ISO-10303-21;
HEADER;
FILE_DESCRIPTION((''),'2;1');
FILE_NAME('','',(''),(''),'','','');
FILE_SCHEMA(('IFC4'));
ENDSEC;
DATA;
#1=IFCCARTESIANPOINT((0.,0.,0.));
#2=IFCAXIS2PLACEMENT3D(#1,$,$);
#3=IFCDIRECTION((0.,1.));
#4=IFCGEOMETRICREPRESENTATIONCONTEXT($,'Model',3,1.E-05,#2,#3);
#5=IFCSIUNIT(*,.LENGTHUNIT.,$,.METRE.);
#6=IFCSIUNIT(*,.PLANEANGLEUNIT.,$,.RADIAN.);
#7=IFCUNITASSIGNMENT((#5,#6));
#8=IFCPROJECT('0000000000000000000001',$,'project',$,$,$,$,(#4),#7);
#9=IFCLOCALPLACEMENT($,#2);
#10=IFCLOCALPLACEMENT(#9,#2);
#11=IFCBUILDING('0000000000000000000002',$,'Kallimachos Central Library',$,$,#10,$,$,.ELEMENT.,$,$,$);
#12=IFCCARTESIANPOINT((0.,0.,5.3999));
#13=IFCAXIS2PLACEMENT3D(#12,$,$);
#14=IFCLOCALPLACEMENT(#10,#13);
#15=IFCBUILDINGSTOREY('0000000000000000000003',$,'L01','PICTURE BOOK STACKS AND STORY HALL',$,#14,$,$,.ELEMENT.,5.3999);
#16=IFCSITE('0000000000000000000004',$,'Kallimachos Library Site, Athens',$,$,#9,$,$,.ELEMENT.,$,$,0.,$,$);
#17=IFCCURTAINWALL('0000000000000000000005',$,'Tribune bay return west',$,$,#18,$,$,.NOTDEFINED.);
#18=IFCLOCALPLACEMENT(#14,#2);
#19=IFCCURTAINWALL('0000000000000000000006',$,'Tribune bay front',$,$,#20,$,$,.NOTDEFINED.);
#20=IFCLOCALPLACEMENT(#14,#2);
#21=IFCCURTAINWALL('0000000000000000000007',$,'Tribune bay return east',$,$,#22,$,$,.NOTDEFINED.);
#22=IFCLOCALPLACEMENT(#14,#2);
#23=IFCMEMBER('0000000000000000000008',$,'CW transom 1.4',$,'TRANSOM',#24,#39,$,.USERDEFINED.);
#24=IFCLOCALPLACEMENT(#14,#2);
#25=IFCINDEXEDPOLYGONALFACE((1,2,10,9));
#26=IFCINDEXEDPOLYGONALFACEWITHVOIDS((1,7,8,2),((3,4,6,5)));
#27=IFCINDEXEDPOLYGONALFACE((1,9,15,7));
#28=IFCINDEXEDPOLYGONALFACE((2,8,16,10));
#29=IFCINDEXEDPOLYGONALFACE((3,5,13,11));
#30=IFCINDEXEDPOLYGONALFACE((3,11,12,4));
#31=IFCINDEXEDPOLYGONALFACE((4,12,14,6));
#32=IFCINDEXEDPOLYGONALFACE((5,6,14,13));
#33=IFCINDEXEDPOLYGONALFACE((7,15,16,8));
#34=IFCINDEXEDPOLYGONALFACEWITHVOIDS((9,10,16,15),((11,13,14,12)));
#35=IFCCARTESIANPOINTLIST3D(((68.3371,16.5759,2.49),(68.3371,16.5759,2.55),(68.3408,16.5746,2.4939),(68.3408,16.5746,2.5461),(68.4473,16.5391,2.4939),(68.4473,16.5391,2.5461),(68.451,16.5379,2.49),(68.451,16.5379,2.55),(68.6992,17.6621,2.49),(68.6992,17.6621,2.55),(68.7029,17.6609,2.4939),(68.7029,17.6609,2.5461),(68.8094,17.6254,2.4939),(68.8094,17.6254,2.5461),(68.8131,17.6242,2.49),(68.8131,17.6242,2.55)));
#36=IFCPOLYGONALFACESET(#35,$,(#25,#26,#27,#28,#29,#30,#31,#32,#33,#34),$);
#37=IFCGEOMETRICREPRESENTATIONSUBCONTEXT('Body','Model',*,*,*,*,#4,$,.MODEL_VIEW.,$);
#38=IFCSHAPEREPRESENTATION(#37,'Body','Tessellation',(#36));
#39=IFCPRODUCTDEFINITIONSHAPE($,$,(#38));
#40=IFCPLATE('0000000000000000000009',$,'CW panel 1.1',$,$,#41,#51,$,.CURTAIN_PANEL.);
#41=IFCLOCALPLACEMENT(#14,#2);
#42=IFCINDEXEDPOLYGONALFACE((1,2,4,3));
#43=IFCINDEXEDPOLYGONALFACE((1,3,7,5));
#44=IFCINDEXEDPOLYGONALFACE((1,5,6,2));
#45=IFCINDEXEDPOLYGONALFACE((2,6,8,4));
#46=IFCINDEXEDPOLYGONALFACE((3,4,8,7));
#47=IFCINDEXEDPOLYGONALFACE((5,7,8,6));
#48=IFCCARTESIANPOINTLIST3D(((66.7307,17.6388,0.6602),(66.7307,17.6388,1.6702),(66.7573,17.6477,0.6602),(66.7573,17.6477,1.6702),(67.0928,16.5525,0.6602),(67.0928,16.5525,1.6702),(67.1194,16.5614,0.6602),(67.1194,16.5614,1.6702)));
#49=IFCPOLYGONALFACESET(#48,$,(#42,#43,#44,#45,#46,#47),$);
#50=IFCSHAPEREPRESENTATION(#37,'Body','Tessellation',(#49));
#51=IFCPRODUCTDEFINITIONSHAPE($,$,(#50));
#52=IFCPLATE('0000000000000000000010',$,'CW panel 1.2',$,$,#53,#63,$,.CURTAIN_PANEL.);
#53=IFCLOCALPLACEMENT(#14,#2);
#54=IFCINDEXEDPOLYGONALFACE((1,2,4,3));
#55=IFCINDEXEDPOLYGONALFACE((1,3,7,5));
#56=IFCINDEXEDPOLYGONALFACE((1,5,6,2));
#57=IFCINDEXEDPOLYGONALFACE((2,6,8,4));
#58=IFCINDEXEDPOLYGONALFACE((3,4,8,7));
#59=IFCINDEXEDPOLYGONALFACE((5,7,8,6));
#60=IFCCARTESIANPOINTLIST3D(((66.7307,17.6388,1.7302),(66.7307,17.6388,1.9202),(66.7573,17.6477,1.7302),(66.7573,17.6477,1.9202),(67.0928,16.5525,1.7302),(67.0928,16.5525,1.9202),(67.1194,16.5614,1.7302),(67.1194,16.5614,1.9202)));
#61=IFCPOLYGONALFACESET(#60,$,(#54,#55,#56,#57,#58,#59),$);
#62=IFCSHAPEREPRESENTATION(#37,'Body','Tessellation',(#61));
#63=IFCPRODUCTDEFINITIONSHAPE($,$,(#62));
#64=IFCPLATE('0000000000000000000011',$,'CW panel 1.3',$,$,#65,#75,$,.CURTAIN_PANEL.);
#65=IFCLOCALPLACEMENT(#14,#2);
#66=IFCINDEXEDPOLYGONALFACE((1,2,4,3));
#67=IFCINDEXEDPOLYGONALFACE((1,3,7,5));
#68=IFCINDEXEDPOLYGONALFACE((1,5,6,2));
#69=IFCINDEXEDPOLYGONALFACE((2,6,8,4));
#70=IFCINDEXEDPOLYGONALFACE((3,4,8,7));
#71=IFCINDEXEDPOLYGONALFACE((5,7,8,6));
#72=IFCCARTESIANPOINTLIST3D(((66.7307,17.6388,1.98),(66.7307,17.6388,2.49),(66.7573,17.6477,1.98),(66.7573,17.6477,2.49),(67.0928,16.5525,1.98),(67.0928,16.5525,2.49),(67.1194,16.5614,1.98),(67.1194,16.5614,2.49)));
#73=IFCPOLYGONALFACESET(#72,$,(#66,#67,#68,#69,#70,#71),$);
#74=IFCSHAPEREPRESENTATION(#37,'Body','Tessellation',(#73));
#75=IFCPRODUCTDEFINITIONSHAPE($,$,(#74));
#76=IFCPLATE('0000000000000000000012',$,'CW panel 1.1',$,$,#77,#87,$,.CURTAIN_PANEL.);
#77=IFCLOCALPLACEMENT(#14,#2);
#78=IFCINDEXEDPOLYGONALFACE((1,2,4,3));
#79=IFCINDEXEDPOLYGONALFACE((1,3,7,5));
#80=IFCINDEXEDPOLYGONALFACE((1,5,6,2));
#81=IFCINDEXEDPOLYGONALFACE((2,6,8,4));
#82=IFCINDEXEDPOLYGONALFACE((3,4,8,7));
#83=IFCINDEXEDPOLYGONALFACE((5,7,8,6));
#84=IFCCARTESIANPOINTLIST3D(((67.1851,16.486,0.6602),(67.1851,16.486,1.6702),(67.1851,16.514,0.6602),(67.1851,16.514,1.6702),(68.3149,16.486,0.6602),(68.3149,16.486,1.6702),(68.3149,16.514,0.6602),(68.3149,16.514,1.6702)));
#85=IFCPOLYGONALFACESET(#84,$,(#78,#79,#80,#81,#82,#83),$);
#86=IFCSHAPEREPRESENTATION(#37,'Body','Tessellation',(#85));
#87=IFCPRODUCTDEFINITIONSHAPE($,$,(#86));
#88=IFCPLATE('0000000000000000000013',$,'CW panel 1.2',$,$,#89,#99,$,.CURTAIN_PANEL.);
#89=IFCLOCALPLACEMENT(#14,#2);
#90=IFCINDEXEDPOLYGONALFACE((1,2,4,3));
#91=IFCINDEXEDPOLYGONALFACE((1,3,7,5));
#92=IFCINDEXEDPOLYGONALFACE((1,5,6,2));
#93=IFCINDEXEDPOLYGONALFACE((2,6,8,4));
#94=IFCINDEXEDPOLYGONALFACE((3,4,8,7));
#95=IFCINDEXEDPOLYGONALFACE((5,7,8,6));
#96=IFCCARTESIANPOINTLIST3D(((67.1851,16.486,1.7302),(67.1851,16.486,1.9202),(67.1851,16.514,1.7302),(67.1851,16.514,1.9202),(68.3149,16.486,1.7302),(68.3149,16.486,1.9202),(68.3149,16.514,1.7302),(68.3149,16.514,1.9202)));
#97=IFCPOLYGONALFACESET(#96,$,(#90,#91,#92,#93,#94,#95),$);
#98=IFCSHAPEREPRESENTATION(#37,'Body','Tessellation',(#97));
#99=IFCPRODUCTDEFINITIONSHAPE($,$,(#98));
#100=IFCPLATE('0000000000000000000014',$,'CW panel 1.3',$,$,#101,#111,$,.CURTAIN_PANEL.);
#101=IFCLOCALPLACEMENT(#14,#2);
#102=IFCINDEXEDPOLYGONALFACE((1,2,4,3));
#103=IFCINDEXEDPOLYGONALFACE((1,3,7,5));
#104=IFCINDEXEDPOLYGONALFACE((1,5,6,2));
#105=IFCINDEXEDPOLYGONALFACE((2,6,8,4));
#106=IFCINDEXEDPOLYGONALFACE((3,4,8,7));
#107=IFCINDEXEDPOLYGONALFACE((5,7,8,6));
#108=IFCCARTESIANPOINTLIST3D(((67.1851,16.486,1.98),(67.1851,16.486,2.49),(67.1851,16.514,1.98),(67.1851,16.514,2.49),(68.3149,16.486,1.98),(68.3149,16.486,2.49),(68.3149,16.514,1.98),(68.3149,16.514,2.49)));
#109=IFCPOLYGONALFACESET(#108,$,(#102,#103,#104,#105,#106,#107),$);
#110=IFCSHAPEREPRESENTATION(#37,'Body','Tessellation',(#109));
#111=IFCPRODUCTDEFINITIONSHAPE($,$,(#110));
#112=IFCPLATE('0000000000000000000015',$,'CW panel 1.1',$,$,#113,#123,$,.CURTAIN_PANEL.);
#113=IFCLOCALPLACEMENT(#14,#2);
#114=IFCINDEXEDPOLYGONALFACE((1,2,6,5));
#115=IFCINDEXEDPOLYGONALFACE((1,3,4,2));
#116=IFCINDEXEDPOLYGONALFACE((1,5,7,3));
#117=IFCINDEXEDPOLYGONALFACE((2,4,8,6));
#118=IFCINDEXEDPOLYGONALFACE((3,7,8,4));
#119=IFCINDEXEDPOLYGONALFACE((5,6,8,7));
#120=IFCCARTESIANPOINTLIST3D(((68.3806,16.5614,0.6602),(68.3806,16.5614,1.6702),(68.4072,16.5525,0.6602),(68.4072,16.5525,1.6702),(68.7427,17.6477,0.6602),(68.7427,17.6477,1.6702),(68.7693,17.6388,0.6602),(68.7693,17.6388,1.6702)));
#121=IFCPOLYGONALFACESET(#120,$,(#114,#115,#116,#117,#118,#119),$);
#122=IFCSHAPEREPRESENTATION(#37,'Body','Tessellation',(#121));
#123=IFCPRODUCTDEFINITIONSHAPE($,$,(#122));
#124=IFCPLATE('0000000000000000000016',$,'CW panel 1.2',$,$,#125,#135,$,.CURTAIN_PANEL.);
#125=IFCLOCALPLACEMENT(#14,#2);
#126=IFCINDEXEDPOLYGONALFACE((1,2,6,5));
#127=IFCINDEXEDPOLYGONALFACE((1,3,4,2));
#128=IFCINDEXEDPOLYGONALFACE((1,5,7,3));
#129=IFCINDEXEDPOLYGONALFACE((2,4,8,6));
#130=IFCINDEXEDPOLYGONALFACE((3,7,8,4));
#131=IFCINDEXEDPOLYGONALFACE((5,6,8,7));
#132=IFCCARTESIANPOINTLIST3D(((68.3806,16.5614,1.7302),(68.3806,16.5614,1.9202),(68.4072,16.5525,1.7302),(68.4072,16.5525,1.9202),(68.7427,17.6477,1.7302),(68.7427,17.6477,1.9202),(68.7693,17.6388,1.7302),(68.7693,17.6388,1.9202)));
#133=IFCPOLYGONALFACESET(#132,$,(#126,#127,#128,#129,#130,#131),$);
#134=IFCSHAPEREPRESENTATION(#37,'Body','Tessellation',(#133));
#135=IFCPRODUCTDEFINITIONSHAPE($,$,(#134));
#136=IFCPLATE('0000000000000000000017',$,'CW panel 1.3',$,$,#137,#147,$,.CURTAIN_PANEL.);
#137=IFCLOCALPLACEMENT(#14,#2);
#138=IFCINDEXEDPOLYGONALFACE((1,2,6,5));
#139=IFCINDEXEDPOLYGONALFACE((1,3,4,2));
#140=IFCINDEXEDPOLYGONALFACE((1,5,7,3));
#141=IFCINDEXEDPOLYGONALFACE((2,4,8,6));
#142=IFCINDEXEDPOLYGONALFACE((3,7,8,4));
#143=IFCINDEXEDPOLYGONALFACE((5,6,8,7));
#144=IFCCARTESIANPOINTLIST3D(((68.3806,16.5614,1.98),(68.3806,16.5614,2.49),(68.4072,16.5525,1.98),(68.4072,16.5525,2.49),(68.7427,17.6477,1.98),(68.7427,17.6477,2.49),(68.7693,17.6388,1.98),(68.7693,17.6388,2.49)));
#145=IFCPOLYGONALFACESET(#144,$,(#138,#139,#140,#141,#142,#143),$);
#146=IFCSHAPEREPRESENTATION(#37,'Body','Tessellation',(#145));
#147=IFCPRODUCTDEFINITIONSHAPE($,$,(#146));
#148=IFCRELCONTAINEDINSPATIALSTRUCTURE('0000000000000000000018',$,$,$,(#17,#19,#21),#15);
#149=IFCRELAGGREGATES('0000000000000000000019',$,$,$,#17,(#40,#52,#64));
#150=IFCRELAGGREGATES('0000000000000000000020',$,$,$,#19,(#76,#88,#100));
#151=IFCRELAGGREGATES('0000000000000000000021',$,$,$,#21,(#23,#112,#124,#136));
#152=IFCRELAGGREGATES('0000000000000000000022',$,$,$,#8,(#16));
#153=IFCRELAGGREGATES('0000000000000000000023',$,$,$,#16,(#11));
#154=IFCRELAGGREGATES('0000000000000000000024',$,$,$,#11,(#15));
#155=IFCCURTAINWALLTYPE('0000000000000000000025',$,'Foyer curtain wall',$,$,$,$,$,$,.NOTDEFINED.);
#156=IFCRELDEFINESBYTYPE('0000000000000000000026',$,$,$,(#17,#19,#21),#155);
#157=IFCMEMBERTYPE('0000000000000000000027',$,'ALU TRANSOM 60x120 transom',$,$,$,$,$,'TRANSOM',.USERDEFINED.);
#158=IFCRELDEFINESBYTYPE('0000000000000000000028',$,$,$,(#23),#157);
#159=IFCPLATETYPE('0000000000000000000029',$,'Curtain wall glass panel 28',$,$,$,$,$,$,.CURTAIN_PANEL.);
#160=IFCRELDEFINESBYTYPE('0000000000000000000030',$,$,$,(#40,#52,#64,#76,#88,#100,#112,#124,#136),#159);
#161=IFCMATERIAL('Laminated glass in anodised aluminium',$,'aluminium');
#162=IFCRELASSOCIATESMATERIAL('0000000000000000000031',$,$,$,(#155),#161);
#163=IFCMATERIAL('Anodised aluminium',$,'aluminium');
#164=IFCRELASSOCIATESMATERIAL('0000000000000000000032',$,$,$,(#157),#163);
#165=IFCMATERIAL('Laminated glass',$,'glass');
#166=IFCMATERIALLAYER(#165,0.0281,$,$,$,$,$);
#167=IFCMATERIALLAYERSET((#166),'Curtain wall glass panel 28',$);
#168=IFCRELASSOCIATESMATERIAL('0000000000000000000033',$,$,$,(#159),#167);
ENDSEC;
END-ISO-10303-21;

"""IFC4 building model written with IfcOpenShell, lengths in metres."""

from ifc_helpers import new_model, si_unit, direction, frame, origin, origin_2d, place, context, subcontext, project, spatial, rectangle, hollow_rectangle, extrude, material, layer, layer_set, material_profile, profile_set, type_object, element, aggregate, save


model = new_model("IFC4")

# Units and contexts
model_context = context("Model", 3, precision=1e-05, world=origin(), true_north=direction((0.0, 1.0)))
body_context = subcontext(model_context, "Body", "Model", "MODEL_VIEW")
ifc_project = project(units=[si_unit("LENGTHUNIT", "METRE"), si_unit("PLANEANGLEUNIT", "RADIAN")], contexts=[model_context])

# Site, building, storey
site_placement = place(None, origin())
site = spatial("IfcSite", under=ifc_project, at=site_placement, Name="Kallimachos Library Site, Athens", CompositionType="ELEMENT", RefElevation=0.0)
building_placement = place(site_placement, origin())
building = spatial("IfcBuilding", under=site, at=building_placement, Name="Kallimachos Central Library", CompositionType="ELEMENT")
storey_placement = place(building_placement, frame((0.0, 0.0, 5.3999)))
storey = spatial("IfcBuildingStorey", under=building, at=storey_placement, Name="L01", Description="PICTURE BOOK STACKS AND STORY HALL", CompositionType="ELEMENT", Elevation=5.3999)

# Curtain wall
ifc_material_1 = material(Name="Laminated glass in anodised aluminium", Category="aluminium")
curtain_wall_type = type_object("IfcCurtainWallType", Name="Foyer curtain wall", PredefinedType="NOTDEFINED", material=ifc_material_1)
curtain_wall_1_placement = place(storey_placement, origin())
curtain_wall_1 = element("IfcCurtainWall", 1, at=curtain_wall_1_placement, inside=storey, type_object=curtain_wall_type, Name="Tribune bay return west", PredefinedType="NOTDEFINED")

# Curtain wall
curtain_wall_2_placement = place(storey_placement, origin())
curtain_wall_2 = element("IfcCurtainWall", 2, at=curtain_wall_2_placement, inside=storey, type_object=curtain_wall_type, Name="Tribune bay front", PredefinedType="NOTDEFINED")

# Curtain wall
curtain_wall_3_placement = place(storey_placement, origin())
curtain_wall_3 = element("IfcCurtainWall", 3, at=curtain_wall_3_placement, inside=storey, type_object=curtain_wall_type, Name="Tribune bay return east", PredefinedType="NOTDEFINED")

# Member
ifc_material_2 = material(Name="Anodised aluminium", Category="aluminium")
ifc_material_profile_1 = material_profile(ifc_material_2, hollow_rectangle(XDim=0.0601, YDim=0.1201, WallThickness=0.0039, at=origin_2d()), Name="ALU TRANSOM 60x120")
ifc_profile_set_1 = profile_set([ifc_material_profile_1], Name="Anodised aluminium")
member_type_1 = type_object("IfcMemberType", Name="ALU TRANSOM 60x120 transom", ElementType="TRANSOM", PredefinedType="USERDEFINED", material=ifc_profile_set_1)
member_1_placement = place(storey_placement, frame((68.394, 16.5569, 2.52), z_axis=(0.316228, 0.948683, 0.0), x_axis=(0.0, 0.0, 1.0)))
member_1 = element("IfcMember", 4, at=member_1_placement, type_object=member_type_1, Name="CW transom 1.4", ObjectType="TRANSOM", PredefinedType="USERDEFINED", context=body_context, shape_type="SweptSolid", body=[
    extrude(hollow_rectangle(XDim=0.0601, YDim=0.1201, WallThickness=0.0039, at=origin_2d()), origin(), (0.0, 0.0, 1.0), 1.145),
])

# Plates
ifc_material_3 = material(Name="Laminated glass", Category="glass")
ifc_layer = layer(ifc_material_3, 0.0281)
ifc_layer_set = layer_set([ifc_layer], Name="Curtain wall glass panel 28")
plate_type = type_object("IfcPlateType", Name="Curtain wall glass panel 28", PredefinedType="CURTAIN_PANEL", material=ifc_layer_set)
plate_1_placement = place(storey_placement, frame((66.925, 17.1001, 0.6602), z_axis=(0.0, 0.0, 1.0), x_axis=(0.316228, -0.948683, 0.0)))
plate_1 = element("IfcPlate", 5, at=plate_1_placement, type_object=plate_type, Name="CW panel 1.1", PredefinedType="CURTAIN_PANEL", context=body_context, shape_type="SweptSolid", body=[
    extrude(rectangle(XDim=1.145, YDim=0.0281, at=origin_2d()), origin(), (0.0, 0.0, 1.0), 1.01),
])
plate_2_placement = place(storey_placement, frame((66.925, 17.1001, 1.7302), z_axis=(0.0, 0.0, 1.0), x_axis=(0.316228, -0.948683, 0.0)))
plate_2 = element("IfcPlate", 6, at=plate_2_placement, type_object=plate_type, Name="CW panel 1.2", PredefinedType="CURTAIN_PANEL", context=body_context, shape_type="SweptSolid", body=[
    extrude(rectangle(XDim=1.145, YDim=0.0281, at=origin_2d()), origin(), (0.0, 0.0, 1.0), 0.1899),
])
plate_3_placement = place(storey_placement, frame((66.925, 17.1001, 1.98), z_axis=(0.0, 0.0, 1.0), x_axis=(0.316228, -0.948683, 0.0)))
plate_3 = element("IfcPlate", 7, at=plate_3_placement, type_object=plate_type, Name="CW panel 1.3", PredefinedType="CURTAIN_PANEL", context=body_context, shape_type="SweptSolid", body=[
    extrude(rectangle(XDim=1.145, YDim=0.0281, at=origin_2d()), origin(), (0.0, 0.0, 1.0), 0.51),
])
aggregate(curtain_wall_1, [plate_1, plate_2, plate_3])
plate_4_placement = place(storey_placement, frame((67.75, 16.5, 0.6602), z_axis=(0.0, 0.0, 1.0), x_axis=(1.0, 0.0, 0.0)))
plate_4 = element("IfcPlate", 8, at=plate_4_placement, type_object=plate_type, Name="CW panel 1.1", PredefinedType="CURTAIN_PANEL", context=body_context, shape_type="SweptSolid", body=[
    extrude(rectangle(XDim=1.1299, YDim=0.0281, at=origin_2d()), origin(), (0.0, 0.0, 1.0), 1.01),
])
plate_5_placement = place(storey_placement, frame((67.75, 16.5, 1.7302), z_axis=(0.0, 0.0, 1.0), x_axis=(1.0, 0.0, 0.0)))
plate_5 = element("IfcPlate", 9, at=plate_5_placement, type_object=plate_type, Name="CW panel 1.2", PredefinedType="CURTAIN_PANEL", context=body_context, shape_type="SweptSolid", body=[
    extrude(rectangle(XDim=1.1299, YDim=0.0281, at=origin_2d()), origin(), (0.0, 0.0, 1.0), 0.1899),
])
plate_6_placement = place(storey_placement, frame((67.75, 16.5, 1.98), z_axis=(0.0, 0.0, 1.0), x_axis=(1.0, 0.0, 0.0)))
plate_6 = element("IfcPlate", 10, at=plate_6_placement, type_object=plate_type, Name="CW panel 1.3", PredefinedType="CURTAIN_PANEL", context=body_context, shape_type="SweptSolid", body=[
    extrude(rectangle(XDim=1.1299, YDim=0.0281, at=origin_2d()), origin(), (0.0, 0.0, 1.0), 0.51),
])
aggregate(curtain_wall_2, [plate_4, plate_5, plate_6])
plate_7_placement = place(storey_placement, frame((68.575, 17.1001, 0.6602), z_axis=(0.0, 0.0, 1.0), x_axis=(0.316228, 0.948683, 0.0)))
plate_7 = element("IfcPlate", 11, at=plate_7_placement, type_object=plate_type, Name="CW panel 1.1", PredefinedType="CURTAIN_PANEL", context=body_context, shape_type="SweptSolid", body=[
    extrude(rectangle(XDim=1.145, YDim=0.0281, at=origin_2d()), origin(), (0.0, 0.0, 1.0), 1.01),
])
plate_8_placement = place(storey_placement, frame((68.575, 17.1001, 1.7302), z_axis=(0.0, 0.0, 1.0), x_axis=(0.316228, 0.948683, 0.0)))
plate_8 = element("IfcPlate", 12, at=plate_8_placement, type_object=plate_type, Name="CW panel 1.2", PredefinedType="CURTAIN_PANEL", context=body_context, shape_type="SweptSolid", body=[
    extrude(rectangle(XDim=1.145, YDim=0.0281, at=origin_2d()), origin(), (0.0, 0.0, 1.0), 0.1899),
])
plate_9_placement = place(storey_placement, frame((68.575, 17.1001, 1.98), z_axis=(0.0, 0.0, 1.0), x_axis=(0.316228, 0.948683, 0.0)))
plate_9 = element("IfcPlate", 13, at=plate_9_placement, type_object=plate_type, Name="CW panel 1.3", PredefinedType="CURTAIN_PANEL", context=body_context, shape_type="SweptSolid", body=[
    extrude(rectangle(XDim=1.145, YDim=0.0281, at=origin_2d()), origin(), (0.0, 0.0, 1.0), 0.51),
])
aggregate(curtain_wall_3, [member_1, plate_7, plate_8, plate_9])

save(model, "model.ifc")
